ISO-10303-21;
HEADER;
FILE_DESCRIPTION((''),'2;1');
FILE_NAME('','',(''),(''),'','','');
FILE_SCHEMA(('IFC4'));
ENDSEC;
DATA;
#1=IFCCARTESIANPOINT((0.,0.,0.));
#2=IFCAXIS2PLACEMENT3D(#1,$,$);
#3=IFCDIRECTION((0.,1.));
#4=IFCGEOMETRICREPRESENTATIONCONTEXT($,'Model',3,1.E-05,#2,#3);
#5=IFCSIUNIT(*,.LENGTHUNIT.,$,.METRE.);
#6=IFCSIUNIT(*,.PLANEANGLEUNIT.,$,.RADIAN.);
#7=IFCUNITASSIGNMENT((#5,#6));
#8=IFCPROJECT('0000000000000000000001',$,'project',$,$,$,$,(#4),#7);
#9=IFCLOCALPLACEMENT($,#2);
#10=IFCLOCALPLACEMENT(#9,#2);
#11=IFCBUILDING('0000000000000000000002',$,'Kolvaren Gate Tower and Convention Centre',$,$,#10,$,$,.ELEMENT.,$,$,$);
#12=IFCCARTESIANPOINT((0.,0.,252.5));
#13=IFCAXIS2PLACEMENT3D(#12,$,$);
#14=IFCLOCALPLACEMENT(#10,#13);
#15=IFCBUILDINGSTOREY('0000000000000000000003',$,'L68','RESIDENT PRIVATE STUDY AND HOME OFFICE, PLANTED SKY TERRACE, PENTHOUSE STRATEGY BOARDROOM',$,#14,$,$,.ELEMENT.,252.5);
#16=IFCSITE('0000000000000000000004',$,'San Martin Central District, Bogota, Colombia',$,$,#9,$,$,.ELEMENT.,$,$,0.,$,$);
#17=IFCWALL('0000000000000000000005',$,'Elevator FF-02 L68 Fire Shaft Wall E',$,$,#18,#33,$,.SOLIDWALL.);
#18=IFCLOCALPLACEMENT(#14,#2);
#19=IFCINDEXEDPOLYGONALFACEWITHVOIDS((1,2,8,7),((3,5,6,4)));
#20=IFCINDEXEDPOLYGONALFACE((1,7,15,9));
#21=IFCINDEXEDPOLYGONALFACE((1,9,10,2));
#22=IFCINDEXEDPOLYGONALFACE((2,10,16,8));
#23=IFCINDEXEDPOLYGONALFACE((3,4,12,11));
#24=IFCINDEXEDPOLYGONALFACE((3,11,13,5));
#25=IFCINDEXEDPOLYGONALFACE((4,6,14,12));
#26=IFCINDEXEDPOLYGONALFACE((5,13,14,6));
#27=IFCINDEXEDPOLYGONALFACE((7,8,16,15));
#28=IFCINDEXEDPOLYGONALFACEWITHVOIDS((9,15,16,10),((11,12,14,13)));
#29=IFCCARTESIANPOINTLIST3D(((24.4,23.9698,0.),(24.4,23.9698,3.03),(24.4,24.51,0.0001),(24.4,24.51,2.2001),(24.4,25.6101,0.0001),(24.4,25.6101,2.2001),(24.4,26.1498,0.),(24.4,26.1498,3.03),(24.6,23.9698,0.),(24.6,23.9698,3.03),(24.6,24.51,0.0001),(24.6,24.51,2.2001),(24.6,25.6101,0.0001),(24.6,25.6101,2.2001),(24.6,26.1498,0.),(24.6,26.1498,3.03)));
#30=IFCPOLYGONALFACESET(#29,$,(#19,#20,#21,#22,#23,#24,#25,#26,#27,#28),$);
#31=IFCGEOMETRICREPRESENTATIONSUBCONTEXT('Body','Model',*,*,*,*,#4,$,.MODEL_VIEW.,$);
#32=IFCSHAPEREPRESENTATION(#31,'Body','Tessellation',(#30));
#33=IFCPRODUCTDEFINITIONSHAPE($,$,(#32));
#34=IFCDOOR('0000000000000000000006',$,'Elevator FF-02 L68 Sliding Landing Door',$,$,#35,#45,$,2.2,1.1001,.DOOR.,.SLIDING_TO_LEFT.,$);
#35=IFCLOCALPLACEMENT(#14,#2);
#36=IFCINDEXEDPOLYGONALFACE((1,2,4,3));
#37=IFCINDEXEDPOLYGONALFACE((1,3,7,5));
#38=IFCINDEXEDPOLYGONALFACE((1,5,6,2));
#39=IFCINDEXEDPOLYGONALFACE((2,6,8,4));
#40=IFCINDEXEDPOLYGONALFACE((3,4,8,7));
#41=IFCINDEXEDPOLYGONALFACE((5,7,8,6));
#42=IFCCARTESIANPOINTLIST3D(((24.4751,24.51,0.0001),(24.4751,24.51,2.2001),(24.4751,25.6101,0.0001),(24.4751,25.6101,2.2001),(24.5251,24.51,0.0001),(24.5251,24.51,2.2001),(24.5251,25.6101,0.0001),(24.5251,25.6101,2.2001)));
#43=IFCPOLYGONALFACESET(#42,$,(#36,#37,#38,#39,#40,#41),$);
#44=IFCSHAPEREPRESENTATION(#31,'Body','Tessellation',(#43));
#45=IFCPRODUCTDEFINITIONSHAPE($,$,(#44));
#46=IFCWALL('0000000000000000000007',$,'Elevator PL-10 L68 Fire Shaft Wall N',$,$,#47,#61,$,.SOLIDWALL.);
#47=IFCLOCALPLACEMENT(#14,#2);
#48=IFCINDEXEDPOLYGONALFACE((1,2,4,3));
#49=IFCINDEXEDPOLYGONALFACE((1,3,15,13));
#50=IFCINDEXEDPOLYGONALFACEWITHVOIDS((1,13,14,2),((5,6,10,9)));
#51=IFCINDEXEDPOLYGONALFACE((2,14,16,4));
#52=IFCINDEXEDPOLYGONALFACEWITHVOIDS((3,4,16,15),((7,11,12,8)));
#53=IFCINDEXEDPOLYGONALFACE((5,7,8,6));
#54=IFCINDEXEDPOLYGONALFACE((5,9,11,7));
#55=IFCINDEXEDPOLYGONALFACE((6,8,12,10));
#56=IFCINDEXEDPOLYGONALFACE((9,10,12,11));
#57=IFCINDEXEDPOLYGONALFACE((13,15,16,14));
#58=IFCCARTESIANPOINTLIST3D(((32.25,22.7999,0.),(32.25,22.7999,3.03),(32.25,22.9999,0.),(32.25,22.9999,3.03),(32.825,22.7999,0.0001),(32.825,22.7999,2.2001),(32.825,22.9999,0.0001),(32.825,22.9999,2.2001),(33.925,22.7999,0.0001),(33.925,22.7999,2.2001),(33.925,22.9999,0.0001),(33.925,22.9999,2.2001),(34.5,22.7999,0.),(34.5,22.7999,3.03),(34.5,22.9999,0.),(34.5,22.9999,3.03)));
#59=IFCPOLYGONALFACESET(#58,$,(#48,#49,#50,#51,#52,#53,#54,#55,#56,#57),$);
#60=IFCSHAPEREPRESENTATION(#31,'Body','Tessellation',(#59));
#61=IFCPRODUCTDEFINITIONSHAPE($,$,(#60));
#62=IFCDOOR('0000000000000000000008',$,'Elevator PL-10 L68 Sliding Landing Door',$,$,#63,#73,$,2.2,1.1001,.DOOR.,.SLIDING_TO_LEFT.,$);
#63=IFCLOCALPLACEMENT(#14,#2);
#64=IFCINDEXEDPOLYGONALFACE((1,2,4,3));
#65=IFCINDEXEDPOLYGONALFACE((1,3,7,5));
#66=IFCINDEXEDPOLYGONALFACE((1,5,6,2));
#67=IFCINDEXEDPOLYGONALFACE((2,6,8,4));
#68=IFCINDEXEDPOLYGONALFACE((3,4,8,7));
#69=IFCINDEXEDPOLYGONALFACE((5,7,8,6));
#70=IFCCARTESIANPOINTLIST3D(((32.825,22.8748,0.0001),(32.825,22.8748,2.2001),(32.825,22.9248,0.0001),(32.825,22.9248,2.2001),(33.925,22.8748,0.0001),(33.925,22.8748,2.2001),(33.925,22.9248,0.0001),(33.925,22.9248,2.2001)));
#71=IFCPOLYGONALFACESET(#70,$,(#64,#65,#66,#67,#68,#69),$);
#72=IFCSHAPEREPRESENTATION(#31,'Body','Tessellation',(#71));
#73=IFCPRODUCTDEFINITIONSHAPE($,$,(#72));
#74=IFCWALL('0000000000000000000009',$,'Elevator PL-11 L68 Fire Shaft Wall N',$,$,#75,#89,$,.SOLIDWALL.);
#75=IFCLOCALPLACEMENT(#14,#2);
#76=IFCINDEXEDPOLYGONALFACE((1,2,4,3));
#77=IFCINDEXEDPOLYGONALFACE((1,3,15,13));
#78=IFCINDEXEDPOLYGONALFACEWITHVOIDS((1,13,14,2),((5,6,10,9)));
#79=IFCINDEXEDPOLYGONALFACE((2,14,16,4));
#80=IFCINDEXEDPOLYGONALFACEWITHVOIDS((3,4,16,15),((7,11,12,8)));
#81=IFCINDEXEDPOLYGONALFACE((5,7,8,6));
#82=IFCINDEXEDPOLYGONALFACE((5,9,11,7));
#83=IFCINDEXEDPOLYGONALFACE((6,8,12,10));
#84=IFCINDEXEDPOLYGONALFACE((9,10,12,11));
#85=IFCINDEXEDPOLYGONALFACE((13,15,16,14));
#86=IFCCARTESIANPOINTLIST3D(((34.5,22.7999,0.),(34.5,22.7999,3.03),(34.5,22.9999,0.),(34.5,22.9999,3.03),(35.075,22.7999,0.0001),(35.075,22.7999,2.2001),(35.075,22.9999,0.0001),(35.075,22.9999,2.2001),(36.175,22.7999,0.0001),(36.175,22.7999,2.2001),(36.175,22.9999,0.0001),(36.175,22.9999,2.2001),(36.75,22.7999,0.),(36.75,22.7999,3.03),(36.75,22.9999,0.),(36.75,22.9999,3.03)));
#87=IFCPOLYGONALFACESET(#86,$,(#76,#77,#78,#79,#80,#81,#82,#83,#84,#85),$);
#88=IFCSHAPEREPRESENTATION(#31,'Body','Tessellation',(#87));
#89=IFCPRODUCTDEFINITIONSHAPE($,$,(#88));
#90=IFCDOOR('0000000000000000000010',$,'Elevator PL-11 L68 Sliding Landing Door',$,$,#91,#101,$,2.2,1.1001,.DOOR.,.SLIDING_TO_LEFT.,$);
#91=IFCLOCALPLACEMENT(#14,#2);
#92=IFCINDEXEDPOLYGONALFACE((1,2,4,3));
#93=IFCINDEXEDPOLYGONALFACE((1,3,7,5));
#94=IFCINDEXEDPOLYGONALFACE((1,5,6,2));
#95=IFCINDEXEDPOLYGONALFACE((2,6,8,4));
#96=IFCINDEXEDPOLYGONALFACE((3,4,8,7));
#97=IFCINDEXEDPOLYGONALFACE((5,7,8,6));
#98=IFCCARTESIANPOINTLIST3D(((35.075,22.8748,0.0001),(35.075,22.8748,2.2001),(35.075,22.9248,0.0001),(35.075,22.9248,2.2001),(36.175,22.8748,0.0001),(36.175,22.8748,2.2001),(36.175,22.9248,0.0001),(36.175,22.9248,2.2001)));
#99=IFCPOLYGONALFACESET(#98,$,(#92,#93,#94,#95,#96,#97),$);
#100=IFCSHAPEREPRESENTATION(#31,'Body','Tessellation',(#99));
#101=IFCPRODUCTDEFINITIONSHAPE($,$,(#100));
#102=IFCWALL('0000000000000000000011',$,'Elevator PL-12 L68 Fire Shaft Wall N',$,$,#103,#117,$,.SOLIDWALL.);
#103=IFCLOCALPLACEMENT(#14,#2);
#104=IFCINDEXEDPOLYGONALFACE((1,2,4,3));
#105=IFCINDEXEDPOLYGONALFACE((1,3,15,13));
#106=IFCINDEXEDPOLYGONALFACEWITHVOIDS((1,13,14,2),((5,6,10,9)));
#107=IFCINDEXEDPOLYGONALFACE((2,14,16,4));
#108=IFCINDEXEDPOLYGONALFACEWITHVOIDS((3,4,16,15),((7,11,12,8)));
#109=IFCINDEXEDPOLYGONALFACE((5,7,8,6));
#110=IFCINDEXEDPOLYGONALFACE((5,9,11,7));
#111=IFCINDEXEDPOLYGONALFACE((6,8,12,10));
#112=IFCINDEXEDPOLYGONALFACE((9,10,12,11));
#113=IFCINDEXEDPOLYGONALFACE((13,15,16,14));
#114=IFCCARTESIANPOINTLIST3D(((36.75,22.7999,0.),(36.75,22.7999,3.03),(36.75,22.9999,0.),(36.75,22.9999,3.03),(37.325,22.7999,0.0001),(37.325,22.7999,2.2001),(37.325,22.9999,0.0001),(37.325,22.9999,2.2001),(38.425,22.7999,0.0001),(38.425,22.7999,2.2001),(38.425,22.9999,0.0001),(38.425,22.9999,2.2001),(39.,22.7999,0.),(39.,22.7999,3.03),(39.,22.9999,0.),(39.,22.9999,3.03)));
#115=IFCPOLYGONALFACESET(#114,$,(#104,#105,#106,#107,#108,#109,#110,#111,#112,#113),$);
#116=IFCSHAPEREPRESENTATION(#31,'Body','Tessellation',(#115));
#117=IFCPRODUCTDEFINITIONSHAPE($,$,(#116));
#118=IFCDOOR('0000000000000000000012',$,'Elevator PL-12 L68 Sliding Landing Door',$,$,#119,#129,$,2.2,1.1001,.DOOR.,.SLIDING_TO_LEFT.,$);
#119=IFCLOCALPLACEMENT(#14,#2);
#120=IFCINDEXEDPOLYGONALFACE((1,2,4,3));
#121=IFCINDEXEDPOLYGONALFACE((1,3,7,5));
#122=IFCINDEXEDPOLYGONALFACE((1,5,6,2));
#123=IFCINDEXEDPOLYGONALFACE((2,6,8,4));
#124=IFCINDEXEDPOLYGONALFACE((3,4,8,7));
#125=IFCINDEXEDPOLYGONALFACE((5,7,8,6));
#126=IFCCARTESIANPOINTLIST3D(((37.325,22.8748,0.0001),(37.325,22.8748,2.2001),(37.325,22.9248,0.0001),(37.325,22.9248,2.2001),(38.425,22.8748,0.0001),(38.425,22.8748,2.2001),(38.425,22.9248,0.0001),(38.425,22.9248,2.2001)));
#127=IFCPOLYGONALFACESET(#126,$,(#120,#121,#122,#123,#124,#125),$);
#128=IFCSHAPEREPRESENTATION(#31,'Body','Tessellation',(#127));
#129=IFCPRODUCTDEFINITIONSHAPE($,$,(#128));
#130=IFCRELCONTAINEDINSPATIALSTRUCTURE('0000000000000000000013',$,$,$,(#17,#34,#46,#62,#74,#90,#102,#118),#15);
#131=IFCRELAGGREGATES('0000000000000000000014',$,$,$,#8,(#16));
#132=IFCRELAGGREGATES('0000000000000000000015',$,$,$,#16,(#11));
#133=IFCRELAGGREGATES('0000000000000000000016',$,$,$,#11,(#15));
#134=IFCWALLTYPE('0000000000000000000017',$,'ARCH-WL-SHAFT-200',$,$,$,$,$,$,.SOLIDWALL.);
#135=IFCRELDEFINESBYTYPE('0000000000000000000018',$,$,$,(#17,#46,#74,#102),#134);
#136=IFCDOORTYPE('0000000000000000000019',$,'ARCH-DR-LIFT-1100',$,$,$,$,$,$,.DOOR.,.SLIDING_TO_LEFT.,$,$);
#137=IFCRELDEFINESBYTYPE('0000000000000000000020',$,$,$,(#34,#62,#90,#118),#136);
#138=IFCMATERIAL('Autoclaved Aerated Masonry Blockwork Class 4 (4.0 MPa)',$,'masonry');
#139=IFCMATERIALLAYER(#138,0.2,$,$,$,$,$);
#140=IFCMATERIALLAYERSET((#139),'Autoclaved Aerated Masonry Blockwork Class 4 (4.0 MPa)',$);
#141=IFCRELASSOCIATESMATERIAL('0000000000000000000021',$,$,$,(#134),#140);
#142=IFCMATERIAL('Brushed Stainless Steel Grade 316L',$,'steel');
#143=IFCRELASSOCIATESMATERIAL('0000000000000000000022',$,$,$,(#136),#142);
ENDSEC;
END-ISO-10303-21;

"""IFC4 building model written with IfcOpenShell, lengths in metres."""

from ifc_helpers import new_model, si_unit, direction, frame, frame_2d, origin, place, context, subcontext, project, spatial, rectangle, extrude, material, layer, layer_set, type_object, element, fill, save


model = new_model("IFC4")

# Units and contexts
model_context = context("Model", 3, precision=1e-05, world=origin(), true_north=direction((0.0, 1.0)))
body_context = subcontext(model_context, "Body", "Model", "MODEL_VIEW")
ifc_project = project(units=[si_unit("LENGTHUNIT", "METRE"), si_unit("PLANEANGLEUNIT", "RADIAN")], contexts=[model_context])

# Site, building, storey
site_placement = place(None, origin())
site = spatial("IfcSite", under=ifc_project, at=site_placement, Name="San Martin Central District, Bogota, Colombia", CompositionType="ELEMENT", RefElevation=0.0)
building_placement = place(site_placement, origin())
building = spatial("IfcBuilding", under=site, at=building_placement, Name="Kolvaren Gate Tower and Convention Centre", CompositionType="ELEMENT")
storey_placement = place(building_placement, frame((0.0, 0.0, 252.5)))
storey = spatial("IfcBuildingStorey", under=building, at=storey_placement, Name="L68", Description="RESIDENT PRIVATE STUDY AND HOME OFFICE, PLANTED SKY TERRACE, PENTHOUSE STRATEGY BOARDROOM", CompositionType="ELEMENT", Elevation=252.5)

# Shared definitions
ifc_material_1 = material(Name="Autoclaved Aerated Masonry Blockwork Class 4 (4.0 MPa)", Category="masonry")

# Walls, openings, doors
ifc_layer_1 = layer(ifc_material_1, 0.2)
ifc_layer_set_1 = layer_set([ifc_layer_1], Name="Autoclaved Aerated Masonry Blockwork Class 4 (4.0 MPa)")
wall_type_1 = type_object("IfcWallType", Name="ARCH-WL-SHAFT-200", PredefinedType="SOLIDWALL", material=ifc_layer_set_1)
ifc_material_2 = material(Name="Brushed Stainless Steel Grade 316L", Category="steel")
door_type_1 = type_object("IfcDoorType", Name="ARCH-DR-LIFT-1100", OperationType="SLIDING_TO_LEFT", PredefinedType="DOOR", material=ifc_material_2)
wall_1_placement = place(storey_placement, frame((24.5, 23.97, 0.0), z_axis=(0.0, 0.0, 1.0), x_axis=(0.0, 1.0, 0.0)))
wall_1 = element("IfcWall", 1, at=wall_1_placement, inside=storey, type_object=wall_type_1, Name="Elevator FF-02 L68 Fire Shaft Wall E", PredefinedType="SOLIDWALL", context=body_context, shape_type="SweptSolid", body=[
    extrude(rectangle(XDim=2.1799, YDim=0.2, at=frame_2d((1.0898, 0.0))), origin(), (0.0, 0.0, 1.0), 3.03),
])
opening_1_placement = place(wall_1_placement, frame((0.54, 0.0, 0.0)))
opening_1 = element("IfcOpeningElement", 2, at=opening_1_placement, cuts=wall_1, PredefinedType="OPENING", context=body_context, shape_type="SweptSolid", body=[
    extrude(rectangle(XDim=1.1001, YDim=2.2, at=frame_2d((0.55, 1.1001))), frame((0.0, 0.1099, 0.0), z_axis=(0.0, -1.0, 0.0), x_axis=(1.0, 0.0, 0.0)), (0.0, 0.0, 1.0), 0.22),
])
door_1_placement = place(opening_1_placement, origin())
door_1 = element("IfcDoor", 3, at=door_1_placement, inside=storey, type_object=door_type_1, Name="Elevator FF-02 L68 Sliding Landing Door", OperationType="SLIDING_TO_LEFT", OverallHeight=2.2, OverallWidth=1.1001, PredefinedType="DOOR", context=body_context, shape_type="SweptSolid", body=[
    extrude(rectangle(XDim=1.1001, YDim=2.2, at=frame_2d((0.55, 1.1001))), frame((0.0, 0.0249, 0.0), z_axis=(0.0, -1.0, 0.0), x_axis=(1.0, 0.0, 0.0)), (0.0, 0.0, 1.0), 0.05),
])
fill(opening_1, door_1)
wall_2_placement = place(storey_placement, frame((32.25, 22.8999, 0.0), z_axis=(0.0, 0.0, 1.0), x_axis=(1.0, 0.0, 0.0)))
wall_2 = element("IfcWall", 4, at=wall_2_placement, inside=storey, type_object=wall_type_1, Name="Elevator PL-10 L68 Fire Shaft Wall N", PredefinedType="SOLIDWALL", context=body_context, shape_type="SweptSolid", body=[
    extrude(rectangle(XDim=2.25, YDim=0.2, at=frame_2d((1.125, 0.0))), origin(), (0.0, 0.0, 1.0), 3.03),
])
opening_2_placement = place(wall_2_placement, frame((0.575, 0.0, 0.0)))
opening_2 = element("IfcOpeningElement", 5, at=opening_2_placement, cuts=wall_2, PredefinedType="OPENING", context=body_context, shape_type="SweptSolid", body=[
    extrude(rectangle(XDim=1.1001, YDim=2.2, at=frame_2d((0.55, 1.1001))), frame((0.0, 0.1099, 0.0), z_axis=(0.0, -1.0, 0.0), x_axis=(1.0, 0.0, 0.0)), (0.0, 0.0, 1.0), 0.22),
])
door_2_placement = place(opening_2_placement, origin())
door_2 = element("IfcDoor", 6, at=door_2_placement, inside=storey, type_object=door_type_1, Name="Elevator PL-10 L68 Sliding Landing Door", OperationType="SLIDING_TO_LEFT", OverallHeight=2.2, OverallWidth=1.1001, PredefinedType="DOOR", context=body_context, shape_type="SweptSolid", body=[
    extrude(rectangle(XDim=1.1001, YDim=2.2, at=frame_2d((0.55, 1.1001))), frame((0.0, 0.0249, 0.0), z_axis=(0.0, -1.0, 0.0), x_axis=(1.0, 0.0, 0.0)), (0.0, 0.0, 1.0), 0.05),
])
fill(opening_2, door_2)
wall_3_placement = place(storey_placement, frame((34.5, 22.8999, 0.0), z_axis=(0.0, 0.0, 1.0), x_axis=(1.0, 0.0, 0.0)))
wall_3 = element("IfcWall", 7, at=wall_3_placement, inside=storey, type_object=wall_type_1, Name="Elevator PL-11 L68 Fire Shaft Wall N", PredefinedType="SOLIDWALL", context=body_context, shape_type="SweptSolid", body=[
    extrude(rectangle(XDim=2.25, YDim=0.2, at=frame_2d((1.125, 0.0))), origin(), (0.0, 0.0, 1.0), 3.03),
])
opening_3_placement = place(wall_3_placement, frame((0.575, 0.0, 0.0)))
opening_3 = element("IfcOpeningElement", 8, at=opening_3_placement, cuts=wall_3, PredefinedType="OPENING", context=body_context, shape_type="SweptSolid", body=[
    extrude(rectangle(XDim=1.1001, YDim=2.2, at=frame_2d((0.55, 1.1001))), frame((0.0, 0.1099, 0.0), z_axis=(0.0, -1.0, 0.0), x_axis=(1.0, 0.0, 0.0)), (0.0, 0.0, 1.0), 0.22),
])
door_3_placement = place(opening_3_placement, origin())
door_3 = element("IfcDoor", 9, at=door_3_placement, inside=storey, type_object=door_type_1, Name="Elevator PL-11 L68 Sliding Landing Door", OperationType="SLIDING_TO_LEFT", OverallHeight=2.2, OverallWidth=1.1001, PredefinedType="DOOR", context=body_context, shape_type="SweptSolid", body=[
    extrude(rectangle(XDim=1.1001, YDim=2.2, at=frame_2d((0.55, 1.1001))), frame((0.0, 0.0249, 0.0), z_axis=(0.0, -1.0, 0.0), x_axis=(1.0, 0.0, 0.0)), (0.0, 0.0, 1.0), 0.05),
])
fill(opening_3, door_3)
wall_4_placement = place(storey_placement, frame((36.75, 22.8999, 0.0), z_axis=(0.0, 0.0, 1.0), x_axis=(1.0, 0.0, 0.0)))
wall_4 = element("IfcWall", 10, at=wall_4_placement, inside=storey, type_object=wall_type_1, Name="Elevator PL-12 L68 Fire Shaft Wall N", PredefinedType="SOLIDWALL", context=body_context, shape_type="SweptSolid", body=[
    extrude(rectangle(XDim=2.25, YDim=0.2, at=frame_2d((1.125, 0.0))), origin(), (0.0, 0.0, 1.0), 3.03),
])
opening_4_placement = place(wall_4_placement, frame((0.575, 0.0, 0.0)))
opening_4 = element("IfcOpeningElement", 11, at=opening_4_placement, cuts=wall_4, PredefinedType="OPENING", context=body_context, shape_type="SweptSolid", body=[
    extrude(rectangle(XDim=1.1001, YDim=2.2, at=frame_2d((0.55, 1.1001))), frame((0.0, 0.1099, 0.0), z_axis=(0.0, -1.0, 0.0), x_axis=(1.0, 0.0, 0.0)), (0.0, 0.0, 1.0), 0.22),
])
door_4_placement = place(opening_4_placement, origin())
door_4 = element("IfcDoor", 12, at=door_4_placement, inside=storey, type_object=door_type_1, Name="Elevator PL-12 L68 Sliding Landing Door", OperationType="SLIDING_TO_LEFT", OverallHeight=2.2, OverallWidth=1.1001, PredefinedType="DOOR", context=body_context, shape_type="SweptSolid", body=[
    extrude(rectangle(XDim=1.1001, YDim=2.2, at=frame_2d((0.55, 1.1001))), frame((0.0, 0.0249, 0.0), z_axis=(0.0, -1.0, 0.0), x_axis=(1.0, 0.0, 0.0)), (0.0, 0.0, 1.0), 0.05),
])
fill(opening_4, door_4)

save(model, "model.ifc")
